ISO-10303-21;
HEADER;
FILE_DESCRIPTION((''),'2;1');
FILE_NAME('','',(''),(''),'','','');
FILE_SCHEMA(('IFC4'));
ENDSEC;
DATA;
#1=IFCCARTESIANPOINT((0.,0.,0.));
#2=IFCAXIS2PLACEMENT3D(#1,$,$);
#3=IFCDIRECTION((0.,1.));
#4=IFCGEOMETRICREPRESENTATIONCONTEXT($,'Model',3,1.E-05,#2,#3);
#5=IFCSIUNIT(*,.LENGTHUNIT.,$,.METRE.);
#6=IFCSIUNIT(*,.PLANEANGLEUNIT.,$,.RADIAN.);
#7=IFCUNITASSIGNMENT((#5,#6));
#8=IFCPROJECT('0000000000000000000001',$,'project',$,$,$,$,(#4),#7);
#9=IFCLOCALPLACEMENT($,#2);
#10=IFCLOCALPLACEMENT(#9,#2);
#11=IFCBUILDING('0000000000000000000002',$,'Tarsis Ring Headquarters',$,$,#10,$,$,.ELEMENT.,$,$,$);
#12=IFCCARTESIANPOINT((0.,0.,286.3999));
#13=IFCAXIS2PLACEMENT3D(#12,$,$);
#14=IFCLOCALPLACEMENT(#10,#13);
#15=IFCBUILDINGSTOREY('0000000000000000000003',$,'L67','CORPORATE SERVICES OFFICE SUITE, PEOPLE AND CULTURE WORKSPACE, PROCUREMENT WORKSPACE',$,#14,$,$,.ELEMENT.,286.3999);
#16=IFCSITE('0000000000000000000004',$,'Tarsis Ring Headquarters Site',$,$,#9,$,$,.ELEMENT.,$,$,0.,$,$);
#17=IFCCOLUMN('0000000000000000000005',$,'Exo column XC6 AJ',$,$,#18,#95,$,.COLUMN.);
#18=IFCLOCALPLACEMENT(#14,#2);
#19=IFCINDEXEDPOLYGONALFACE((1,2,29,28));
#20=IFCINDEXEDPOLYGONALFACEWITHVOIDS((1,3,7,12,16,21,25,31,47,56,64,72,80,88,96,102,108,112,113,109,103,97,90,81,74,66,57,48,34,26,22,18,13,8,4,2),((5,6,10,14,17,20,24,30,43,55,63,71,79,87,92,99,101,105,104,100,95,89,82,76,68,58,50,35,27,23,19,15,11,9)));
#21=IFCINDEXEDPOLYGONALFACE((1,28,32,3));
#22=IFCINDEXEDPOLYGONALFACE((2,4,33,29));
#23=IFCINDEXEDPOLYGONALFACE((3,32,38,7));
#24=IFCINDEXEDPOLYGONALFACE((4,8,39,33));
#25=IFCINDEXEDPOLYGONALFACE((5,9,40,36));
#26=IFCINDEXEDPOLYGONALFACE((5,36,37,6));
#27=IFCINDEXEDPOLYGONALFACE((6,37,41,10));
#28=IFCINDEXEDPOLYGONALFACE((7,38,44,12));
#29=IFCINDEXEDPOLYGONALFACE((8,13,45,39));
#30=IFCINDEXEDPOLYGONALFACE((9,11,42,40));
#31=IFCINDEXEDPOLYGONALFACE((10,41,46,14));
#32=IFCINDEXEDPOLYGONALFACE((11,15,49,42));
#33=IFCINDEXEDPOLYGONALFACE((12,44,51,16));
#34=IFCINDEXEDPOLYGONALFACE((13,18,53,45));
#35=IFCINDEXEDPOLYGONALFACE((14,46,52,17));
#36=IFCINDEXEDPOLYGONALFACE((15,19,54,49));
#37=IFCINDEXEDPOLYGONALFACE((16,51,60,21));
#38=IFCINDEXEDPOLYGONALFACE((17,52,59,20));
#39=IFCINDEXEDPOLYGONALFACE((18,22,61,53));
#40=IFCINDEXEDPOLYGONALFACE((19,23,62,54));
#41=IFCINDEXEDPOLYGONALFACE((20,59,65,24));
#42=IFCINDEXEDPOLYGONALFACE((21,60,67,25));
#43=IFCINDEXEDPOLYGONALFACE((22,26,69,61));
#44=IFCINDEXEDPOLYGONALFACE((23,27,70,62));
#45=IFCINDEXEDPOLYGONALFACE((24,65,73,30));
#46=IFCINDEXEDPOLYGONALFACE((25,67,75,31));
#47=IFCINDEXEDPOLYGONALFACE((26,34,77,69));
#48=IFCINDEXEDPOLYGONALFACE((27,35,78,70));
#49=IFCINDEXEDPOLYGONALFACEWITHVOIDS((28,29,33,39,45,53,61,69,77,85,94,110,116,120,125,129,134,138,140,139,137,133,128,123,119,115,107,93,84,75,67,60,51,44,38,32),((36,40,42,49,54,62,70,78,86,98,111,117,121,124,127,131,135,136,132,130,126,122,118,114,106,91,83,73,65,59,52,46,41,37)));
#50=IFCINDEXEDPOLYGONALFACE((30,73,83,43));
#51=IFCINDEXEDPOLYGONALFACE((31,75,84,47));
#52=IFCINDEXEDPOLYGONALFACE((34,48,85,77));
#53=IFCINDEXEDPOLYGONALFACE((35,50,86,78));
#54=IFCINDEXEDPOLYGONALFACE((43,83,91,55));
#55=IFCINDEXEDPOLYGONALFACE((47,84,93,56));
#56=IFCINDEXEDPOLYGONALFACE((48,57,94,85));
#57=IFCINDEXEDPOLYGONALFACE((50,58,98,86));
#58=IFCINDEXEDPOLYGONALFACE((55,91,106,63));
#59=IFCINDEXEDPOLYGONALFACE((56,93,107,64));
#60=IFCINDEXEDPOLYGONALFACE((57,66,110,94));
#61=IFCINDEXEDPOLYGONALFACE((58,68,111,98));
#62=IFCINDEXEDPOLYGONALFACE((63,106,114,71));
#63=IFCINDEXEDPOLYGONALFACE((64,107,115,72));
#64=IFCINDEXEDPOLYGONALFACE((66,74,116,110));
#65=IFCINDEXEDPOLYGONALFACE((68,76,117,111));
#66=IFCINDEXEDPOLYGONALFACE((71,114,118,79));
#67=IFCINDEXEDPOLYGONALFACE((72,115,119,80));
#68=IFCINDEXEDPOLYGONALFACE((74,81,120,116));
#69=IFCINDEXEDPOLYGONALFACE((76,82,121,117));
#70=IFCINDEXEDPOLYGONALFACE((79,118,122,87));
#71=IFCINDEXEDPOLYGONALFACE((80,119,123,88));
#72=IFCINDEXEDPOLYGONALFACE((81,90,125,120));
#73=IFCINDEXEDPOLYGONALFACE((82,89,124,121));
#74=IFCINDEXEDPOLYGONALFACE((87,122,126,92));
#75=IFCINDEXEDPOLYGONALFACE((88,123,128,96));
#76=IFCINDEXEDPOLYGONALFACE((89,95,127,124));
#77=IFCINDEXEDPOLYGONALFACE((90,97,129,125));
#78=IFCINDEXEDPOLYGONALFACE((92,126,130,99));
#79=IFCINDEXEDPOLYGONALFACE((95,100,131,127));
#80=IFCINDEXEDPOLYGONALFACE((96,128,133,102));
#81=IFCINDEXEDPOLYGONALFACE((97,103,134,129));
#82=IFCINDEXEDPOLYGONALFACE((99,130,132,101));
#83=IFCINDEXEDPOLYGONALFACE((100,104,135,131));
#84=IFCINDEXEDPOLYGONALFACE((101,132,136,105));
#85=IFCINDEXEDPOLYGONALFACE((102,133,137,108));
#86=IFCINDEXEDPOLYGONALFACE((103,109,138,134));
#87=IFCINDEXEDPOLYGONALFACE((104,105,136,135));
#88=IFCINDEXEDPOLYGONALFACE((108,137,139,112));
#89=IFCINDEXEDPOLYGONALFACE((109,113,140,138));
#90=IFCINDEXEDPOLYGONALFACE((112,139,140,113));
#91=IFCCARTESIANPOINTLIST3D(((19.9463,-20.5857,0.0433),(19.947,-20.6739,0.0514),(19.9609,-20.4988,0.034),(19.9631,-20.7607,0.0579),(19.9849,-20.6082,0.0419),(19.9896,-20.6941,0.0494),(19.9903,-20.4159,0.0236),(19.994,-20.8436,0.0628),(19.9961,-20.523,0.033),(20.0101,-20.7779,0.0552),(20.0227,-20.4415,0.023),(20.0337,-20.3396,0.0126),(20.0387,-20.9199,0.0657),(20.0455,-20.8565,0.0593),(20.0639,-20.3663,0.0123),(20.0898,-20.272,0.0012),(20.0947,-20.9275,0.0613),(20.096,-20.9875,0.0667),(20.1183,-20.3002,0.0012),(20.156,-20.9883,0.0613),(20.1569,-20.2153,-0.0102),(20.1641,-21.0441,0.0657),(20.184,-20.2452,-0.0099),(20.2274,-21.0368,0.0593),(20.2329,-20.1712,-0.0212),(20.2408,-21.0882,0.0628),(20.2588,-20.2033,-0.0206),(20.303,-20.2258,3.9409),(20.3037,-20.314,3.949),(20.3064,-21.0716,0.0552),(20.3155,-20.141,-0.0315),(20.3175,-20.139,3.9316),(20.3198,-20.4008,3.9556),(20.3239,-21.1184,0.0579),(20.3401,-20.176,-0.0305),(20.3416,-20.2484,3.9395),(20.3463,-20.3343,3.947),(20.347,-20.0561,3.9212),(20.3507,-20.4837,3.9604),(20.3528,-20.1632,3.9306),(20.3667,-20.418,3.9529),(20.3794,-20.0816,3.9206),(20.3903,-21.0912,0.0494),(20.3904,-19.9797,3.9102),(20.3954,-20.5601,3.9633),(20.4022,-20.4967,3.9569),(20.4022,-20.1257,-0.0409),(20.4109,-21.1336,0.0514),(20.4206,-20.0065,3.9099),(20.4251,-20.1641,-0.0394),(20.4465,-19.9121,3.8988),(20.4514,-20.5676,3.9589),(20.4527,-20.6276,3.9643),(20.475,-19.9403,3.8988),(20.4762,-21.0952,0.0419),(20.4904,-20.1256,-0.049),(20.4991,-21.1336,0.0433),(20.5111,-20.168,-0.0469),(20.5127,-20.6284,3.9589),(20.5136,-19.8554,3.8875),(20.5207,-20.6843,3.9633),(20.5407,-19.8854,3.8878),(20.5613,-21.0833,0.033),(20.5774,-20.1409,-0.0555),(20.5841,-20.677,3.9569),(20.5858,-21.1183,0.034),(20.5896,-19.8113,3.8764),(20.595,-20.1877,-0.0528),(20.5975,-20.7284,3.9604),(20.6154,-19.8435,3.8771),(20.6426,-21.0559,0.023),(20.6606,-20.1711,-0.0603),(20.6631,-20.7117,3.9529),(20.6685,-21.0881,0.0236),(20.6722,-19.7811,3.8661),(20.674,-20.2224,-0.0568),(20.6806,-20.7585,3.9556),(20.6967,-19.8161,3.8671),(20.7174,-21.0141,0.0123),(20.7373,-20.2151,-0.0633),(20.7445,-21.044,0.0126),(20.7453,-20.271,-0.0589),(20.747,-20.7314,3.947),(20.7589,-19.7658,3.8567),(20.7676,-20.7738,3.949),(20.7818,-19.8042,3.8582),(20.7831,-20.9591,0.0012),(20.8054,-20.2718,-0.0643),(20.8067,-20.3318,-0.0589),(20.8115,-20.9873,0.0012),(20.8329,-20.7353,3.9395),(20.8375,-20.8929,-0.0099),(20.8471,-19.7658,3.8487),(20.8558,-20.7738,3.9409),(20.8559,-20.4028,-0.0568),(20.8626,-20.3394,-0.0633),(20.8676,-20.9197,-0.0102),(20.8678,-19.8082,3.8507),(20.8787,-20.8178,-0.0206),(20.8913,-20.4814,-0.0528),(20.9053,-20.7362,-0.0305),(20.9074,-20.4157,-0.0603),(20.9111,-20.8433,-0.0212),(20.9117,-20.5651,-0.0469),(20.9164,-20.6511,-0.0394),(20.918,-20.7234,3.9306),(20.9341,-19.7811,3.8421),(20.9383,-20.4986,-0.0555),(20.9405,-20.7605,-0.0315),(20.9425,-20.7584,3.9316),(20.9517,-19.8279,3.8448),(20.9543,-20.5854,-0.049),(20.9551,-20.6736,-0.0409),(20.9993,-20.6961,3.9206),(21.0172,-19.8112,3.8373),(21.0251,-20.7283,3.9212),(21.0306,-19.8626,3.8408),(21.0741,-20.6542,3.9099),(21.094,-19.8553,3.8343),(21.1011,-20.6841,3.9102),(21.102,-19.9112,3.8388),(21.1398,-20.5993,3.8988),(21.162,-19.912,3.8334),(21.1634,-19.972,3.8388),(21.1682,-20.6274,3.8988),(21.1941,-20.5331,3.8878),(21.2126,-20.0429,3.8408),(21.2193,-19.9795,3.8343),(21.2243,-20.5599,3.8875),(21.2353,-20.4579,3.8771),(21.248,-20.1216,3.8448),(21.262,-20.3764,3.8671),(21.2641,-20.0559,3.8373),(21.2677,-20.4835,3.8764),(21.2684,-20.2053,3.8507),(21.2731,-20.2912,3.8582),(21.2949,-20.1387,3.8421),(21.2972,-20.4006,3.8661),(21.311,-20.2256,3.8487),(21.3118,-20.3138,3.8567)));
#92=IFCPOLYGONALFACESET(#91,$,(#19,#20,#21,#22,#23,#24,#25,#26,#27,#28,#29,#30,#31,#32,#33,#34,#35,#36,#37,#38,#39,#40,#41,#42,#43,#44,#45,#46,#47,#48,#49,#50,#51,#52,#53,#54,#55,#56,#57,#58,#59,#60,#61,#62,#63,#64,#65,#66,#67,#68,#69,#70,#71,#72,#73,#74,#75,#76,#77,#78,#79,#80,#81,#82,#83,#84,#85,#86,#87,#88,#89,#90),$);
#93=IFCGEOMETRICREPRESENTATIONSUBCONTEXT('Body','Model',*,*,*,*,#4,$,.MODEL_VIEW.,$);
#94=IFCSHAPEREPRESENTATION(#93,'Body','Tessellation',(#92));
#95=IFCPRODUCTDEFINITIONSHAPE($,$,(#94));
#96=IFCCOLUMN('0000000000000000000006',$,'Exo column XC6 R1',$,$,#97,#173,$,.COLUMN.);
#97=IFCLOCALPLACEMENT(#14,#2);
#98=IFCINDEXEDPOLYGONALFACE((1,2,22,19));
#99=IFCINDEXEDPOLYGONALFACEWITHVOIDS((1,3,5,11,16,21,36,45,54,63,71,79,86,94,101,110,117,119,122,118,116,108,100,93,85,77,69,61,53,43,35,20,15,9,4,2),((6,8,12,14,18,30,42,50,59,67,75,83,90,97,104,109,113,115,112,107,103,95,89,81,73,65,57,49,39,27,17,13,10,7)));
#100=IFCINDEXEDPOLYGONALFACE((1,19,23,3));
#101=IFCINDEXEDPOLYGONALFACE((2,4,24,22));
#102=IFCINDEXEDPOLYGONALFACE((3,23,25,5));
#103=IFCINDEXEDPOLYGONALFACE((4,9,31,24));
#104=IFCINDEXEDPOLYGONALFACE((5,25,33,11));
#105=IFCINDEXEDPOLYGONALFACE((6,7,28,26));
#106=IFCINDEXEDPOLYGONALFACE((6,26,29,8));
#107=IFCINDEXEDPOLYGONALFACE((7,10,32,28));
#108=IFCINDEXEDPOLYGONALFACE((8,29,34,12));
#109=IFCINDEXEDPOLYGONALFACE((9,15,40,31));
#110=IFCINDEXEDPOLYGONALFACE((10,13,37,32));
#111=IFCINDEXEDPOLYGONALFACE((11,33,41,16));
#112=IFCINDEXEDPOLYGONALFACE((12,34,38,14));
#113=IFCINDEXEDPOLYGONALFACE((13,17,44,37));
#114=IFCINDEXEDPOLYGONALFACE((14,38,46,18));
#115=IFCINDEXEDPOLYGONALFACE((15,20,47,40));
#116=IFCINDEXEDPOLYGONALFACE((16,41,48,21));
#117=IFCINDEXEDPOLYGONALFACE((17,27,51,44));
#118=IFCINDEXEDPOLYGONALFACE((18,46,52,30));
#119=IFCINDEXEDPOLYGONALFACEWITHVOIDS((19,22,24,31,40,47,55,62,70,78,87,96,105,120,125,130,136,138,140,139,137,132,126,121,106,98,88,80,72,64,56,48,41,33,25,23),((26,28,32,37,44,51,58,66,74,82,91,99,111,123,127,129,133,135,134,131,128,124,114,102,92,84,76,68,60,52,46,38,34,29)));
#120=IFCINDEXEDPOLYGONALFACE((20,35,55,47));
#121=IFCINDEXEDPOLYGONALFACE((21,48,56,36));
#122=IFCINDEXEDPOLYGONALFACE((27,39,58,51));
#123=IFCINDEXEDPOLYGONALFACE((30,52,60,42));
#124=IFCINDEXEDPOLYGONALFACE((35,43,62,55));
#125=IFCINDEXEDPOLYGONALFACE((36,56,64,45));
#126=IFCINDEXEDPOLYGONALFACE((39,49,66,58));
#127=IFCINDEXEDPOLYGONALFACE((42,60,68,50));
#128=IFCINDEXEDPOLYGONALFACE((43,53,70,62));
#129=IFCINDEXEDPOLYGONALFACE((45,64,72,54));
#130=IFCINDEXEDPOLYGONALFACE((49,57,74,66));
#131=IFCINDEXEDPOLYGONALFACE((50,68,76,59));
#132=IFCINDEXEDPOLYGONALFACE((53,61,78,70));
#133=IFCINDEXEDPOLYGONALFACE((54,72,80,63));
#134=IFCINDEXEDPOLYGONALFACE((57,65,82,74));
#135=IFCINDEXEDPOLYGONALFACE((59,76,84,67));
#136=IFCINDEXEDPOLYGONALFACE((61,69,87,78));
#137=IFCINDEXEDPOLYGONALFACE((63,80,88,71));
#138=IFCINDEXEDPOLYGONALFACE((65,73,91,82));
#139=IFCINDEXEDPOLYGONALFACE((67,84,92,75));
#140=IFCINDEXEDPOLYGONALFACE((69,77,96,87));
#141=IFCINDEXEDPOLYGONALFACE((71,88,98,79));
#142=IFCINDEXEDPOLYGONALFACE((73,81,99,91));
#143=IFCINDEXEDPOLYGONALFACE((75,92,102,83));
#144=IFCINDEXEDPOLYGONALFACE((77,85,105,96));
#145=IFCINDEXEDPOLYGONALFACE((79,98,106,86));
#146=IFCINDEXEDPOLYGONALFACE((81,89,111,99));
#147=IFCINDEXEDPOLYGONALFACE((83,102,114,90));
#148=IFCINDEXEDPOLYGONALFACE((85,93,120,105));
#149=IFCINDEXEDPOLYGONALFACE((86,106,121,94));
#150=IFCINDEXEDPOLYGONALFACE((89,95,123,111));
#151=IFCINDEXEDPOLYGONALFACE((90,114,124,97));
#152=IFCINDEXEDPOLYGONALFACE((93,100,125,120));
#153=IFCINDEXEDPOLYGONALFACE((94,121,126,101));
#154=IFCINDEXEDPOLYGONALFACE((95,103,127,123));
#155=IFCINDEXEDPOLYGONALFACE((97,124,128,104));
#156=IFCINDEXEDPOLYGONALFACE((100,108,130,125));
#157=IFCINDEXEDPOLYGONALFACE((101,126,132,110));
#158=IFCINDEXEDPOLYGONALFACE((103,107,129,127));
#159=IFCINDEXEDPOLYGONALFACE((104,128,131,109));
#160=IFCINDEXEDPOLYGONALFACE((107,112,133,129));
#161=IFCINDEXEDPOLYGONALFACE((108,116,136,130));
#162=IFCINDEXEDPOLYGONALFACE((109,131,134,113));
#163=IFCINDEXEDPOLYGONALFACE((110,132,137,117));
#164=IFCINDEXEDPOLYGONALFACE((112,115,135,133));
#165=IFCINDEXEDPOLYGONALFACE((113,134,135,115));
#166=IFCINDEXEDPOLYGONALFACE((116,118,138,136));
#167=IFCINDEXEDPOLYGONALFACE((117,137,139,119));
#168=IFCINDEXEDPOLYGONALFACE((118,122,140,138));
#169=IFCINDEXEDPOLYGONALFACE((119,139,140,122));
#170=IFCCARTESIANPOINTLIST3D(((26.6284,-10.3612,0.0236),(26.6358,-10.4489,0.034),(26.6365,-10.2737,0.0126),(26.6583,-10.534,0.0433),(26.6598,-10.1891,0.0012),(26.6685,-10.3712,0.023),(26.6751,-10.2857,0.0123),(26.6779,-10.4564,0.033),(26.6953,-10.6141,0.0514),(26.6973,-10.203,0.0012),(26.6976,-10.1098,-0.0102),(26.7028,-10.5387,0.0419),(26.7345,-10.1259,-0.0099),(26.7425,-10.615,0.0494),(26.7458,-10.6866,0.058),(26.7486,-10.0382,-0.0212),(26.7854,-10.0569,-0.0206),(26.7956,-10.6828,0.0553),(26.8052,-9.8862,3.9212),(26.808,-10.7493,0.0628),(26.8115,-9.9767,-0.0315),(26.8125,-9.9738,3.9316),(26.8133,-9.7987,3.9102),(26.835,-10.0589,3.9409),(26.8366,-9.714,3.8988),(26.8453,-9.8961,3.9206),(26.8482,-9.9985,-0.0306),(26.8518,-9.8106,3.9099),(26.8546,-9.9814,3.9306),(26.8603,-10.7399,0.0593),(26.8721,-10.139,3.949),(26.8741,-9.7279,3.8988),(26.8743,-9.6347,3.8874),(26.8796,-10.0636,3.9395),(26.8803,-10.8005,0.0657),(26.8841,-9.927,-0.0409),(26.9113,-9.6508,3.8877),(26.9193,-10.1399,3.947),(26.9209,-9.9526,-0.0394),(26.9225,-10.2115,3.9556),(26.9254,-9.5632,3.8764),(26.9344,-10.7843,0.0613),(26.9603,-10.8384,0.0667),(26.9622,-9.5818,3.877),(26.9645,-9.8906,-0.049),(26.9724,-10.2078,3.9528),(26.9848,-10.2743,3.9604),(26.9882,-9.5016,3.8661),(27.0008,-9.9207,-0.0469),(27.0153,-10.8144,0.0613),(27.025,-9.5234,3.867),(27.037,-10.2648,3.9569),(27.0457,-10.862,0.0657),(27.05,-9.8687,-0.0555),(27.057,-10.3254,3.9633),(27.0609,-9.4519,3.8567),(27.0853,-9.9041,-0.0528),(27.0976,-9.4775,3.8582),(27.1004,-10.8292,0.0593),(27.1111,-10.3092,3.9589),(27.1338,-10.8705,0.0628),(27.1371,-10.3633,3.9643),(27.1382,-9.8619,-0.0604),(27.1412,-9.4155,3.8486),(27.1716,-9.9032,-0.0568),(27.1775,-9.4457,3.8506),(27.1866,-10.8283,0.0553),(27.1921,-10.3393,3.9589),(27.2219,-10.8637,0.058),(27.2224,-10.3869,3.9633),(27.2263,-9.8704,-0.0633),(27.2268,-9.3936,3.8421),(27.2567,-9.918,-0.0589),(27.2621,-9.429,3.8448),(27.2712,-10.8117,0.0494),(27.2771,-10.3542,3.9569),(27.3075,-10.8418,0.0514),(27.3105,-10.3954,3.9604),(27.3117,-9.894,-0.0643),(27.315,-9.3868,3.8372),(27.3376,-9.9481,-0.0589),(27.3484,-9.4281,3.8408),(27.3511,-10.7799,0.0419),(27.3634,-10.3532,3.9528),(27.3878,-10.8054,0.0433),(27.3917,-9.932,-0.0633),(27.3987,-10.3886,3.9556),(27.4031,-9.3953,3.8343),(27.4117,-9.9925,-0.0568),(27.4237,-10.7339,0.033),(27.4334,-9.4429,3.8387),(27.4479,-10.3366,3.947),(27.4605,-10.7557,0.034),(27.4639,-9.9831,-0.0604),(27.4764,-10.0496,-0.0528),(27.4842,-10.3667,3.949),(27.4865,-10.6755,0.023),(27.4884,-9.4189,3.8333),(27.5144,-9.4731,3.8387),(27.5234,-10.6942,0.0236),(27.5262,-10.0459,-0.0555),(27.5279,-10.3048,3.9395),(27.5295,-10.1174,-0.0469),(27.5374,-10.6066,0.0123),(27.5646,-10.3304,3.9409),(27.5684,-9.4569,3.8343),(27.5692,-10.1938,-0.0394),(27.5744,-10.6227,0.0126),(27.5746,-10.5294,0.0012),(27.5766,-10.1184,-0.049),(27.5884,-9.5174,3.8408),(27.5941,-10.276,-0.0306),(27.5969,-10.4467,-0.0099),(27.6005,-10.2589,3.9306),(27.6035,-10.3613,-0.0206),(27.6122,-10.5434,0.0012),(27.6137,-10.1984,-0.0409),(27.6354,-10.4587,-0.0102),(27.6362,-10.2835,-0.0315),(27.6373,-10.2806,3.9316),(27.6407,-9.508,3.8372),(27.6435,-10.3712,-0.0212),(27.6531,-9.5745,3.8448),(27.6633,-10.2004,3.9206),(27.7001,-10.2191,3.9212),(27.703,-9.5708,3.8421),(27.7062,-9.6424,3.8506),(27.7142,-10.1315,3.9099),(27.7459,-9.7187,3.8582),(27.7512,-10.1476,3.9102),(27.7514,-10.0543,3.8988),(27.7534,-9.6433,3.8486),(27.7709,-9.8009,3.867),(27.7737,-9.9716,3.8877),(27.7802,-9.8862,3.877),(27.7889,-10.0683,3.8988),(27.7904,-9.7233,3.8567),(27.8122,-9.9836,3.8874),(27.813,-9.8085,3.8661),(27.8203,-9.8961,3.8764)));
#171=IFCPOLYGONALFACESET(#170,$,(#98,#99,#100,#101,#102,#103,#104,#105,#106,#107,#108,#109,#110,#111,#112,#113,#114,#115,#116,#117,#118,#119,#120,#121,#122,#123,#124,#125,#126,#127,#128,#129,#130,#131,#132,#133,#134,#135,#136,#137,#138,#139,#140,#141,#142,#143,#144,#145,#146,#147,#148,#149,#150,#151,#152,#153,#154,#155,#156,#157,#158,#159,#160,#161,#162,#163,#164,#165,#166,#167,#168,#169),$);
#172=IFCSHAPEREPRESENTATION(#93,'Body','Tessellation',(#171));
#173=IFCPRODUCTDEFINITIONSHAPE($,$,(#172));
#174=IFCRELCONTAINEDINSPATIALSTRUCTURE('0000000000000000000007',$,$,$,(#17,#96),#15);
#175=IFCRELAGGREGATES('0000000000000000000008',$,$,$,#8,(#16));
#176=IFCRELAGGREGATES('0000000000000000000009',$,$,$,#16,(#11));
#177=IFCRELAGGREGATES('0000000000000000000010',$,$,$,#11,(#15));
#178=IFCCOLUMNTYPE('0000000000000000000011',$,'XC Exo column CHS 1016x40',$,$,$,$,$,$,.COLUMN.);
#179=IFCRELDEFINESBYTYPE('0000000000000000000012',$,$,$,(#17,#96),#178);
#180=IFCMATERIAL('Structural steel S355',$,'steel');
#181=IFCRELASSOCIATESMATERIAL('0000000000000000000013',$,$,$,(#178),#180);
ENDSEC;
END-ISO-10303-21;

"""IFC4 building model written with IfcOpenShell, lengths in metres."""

from ifc_helpers import new_model, si_unit, direction, frame, origin, origin_2d, place, context, subcontext, project, spatial, hollow_circle, extrude, material, material_profile, profile_set, type_object, element, save


model = new_model("IFC4")

# Units and contexts
model_context = context("Model", 3, precision=1e-05, world=origin(), true_north=direction((0.0, 1.0)))
body_context = subcontext(model_context, "Body", "Model", "MODEL_VIEW")
ifc_project = project(units=[si_unit("LENGTHUNIT", "METRE"), si_unit("PLANEANGLEUNIT", "RADIAN")], contexts=[model_context])

# Site, building, storey
site_placement = place(None, origin())
site = spatial("IfcSite", under=ifc_project, at=site_placement, Name="Tarsis Ring Headquarters Site", CompositionType="ELEMENT", RefElevation=0.0)
building_placement = place(site_placement, origin())
building = spatial("IfcBuilding", under=site, at=building_placement, Name="Tarsis Ring Headquarters", CompositionType="ELEMENT")
storey_placement = place(building_placement, frame((0.0, 0.0, 286.3999)))
storey = spatial("IfcBuildingStorey", under=building, at=storey_placement, Name="L67", Description="CORPORATE SERVICES OFFICE SUITE, PEOPLE AND CULTURE WORKSPACE, PROCUREMENT WORKSPACE", CompositionType="ELEMENT", Elevation=286.3999)

# Columns
ifc_material_1 = material(Name="Structural steel S355", Category="steel")
ifc_material_profile_1 = material_profile(ifc_material_1, hollow_circle(Radius=0.5081, WallThickness=0.04, at=origin_2d()), Name="CHS 1016x40")
ifc_profile_set_1 = profile_set([ifc_material_profile_1], Name="Structural steel S355")
column_type = type_object("IfcColumnType", Name="XC Exo column CHS 1016x40", PredefinedType="COLUMN", material=ifc_profile_set_1)
for number, where, z_axis, x_axis, name in (
    (1, (20.4507, -20.6296, 0.0012), (0.090749, 0.091557, 0.991656), (-0.710232, 0.703968, 0.0), "Exo column XC6 AJ"),
    (2, (27.136, -10.3662, 0.0012), (0.04497, 0.120874, 0.991649), (-0.937236, 0.348694, 0.0), "Exo column XC6 R1"),
):
    element("IfcColumn", number, at=place(storey_placement, frame(where, z_axis=z_axis, x_axis=x_axis)), inside=storey, type_object=column_type, Name=name, PredefinedType="COLUMN", context=body_context, shape_type="SweptSolid", body=[
        extrude(hollow_circle(Radius=0.5081, WallThickness=0.04, at=origin_2d()), origin(), (0.0, 0.0, 1.0), 3.9304),
    ])

save(model, "model.ifc")
